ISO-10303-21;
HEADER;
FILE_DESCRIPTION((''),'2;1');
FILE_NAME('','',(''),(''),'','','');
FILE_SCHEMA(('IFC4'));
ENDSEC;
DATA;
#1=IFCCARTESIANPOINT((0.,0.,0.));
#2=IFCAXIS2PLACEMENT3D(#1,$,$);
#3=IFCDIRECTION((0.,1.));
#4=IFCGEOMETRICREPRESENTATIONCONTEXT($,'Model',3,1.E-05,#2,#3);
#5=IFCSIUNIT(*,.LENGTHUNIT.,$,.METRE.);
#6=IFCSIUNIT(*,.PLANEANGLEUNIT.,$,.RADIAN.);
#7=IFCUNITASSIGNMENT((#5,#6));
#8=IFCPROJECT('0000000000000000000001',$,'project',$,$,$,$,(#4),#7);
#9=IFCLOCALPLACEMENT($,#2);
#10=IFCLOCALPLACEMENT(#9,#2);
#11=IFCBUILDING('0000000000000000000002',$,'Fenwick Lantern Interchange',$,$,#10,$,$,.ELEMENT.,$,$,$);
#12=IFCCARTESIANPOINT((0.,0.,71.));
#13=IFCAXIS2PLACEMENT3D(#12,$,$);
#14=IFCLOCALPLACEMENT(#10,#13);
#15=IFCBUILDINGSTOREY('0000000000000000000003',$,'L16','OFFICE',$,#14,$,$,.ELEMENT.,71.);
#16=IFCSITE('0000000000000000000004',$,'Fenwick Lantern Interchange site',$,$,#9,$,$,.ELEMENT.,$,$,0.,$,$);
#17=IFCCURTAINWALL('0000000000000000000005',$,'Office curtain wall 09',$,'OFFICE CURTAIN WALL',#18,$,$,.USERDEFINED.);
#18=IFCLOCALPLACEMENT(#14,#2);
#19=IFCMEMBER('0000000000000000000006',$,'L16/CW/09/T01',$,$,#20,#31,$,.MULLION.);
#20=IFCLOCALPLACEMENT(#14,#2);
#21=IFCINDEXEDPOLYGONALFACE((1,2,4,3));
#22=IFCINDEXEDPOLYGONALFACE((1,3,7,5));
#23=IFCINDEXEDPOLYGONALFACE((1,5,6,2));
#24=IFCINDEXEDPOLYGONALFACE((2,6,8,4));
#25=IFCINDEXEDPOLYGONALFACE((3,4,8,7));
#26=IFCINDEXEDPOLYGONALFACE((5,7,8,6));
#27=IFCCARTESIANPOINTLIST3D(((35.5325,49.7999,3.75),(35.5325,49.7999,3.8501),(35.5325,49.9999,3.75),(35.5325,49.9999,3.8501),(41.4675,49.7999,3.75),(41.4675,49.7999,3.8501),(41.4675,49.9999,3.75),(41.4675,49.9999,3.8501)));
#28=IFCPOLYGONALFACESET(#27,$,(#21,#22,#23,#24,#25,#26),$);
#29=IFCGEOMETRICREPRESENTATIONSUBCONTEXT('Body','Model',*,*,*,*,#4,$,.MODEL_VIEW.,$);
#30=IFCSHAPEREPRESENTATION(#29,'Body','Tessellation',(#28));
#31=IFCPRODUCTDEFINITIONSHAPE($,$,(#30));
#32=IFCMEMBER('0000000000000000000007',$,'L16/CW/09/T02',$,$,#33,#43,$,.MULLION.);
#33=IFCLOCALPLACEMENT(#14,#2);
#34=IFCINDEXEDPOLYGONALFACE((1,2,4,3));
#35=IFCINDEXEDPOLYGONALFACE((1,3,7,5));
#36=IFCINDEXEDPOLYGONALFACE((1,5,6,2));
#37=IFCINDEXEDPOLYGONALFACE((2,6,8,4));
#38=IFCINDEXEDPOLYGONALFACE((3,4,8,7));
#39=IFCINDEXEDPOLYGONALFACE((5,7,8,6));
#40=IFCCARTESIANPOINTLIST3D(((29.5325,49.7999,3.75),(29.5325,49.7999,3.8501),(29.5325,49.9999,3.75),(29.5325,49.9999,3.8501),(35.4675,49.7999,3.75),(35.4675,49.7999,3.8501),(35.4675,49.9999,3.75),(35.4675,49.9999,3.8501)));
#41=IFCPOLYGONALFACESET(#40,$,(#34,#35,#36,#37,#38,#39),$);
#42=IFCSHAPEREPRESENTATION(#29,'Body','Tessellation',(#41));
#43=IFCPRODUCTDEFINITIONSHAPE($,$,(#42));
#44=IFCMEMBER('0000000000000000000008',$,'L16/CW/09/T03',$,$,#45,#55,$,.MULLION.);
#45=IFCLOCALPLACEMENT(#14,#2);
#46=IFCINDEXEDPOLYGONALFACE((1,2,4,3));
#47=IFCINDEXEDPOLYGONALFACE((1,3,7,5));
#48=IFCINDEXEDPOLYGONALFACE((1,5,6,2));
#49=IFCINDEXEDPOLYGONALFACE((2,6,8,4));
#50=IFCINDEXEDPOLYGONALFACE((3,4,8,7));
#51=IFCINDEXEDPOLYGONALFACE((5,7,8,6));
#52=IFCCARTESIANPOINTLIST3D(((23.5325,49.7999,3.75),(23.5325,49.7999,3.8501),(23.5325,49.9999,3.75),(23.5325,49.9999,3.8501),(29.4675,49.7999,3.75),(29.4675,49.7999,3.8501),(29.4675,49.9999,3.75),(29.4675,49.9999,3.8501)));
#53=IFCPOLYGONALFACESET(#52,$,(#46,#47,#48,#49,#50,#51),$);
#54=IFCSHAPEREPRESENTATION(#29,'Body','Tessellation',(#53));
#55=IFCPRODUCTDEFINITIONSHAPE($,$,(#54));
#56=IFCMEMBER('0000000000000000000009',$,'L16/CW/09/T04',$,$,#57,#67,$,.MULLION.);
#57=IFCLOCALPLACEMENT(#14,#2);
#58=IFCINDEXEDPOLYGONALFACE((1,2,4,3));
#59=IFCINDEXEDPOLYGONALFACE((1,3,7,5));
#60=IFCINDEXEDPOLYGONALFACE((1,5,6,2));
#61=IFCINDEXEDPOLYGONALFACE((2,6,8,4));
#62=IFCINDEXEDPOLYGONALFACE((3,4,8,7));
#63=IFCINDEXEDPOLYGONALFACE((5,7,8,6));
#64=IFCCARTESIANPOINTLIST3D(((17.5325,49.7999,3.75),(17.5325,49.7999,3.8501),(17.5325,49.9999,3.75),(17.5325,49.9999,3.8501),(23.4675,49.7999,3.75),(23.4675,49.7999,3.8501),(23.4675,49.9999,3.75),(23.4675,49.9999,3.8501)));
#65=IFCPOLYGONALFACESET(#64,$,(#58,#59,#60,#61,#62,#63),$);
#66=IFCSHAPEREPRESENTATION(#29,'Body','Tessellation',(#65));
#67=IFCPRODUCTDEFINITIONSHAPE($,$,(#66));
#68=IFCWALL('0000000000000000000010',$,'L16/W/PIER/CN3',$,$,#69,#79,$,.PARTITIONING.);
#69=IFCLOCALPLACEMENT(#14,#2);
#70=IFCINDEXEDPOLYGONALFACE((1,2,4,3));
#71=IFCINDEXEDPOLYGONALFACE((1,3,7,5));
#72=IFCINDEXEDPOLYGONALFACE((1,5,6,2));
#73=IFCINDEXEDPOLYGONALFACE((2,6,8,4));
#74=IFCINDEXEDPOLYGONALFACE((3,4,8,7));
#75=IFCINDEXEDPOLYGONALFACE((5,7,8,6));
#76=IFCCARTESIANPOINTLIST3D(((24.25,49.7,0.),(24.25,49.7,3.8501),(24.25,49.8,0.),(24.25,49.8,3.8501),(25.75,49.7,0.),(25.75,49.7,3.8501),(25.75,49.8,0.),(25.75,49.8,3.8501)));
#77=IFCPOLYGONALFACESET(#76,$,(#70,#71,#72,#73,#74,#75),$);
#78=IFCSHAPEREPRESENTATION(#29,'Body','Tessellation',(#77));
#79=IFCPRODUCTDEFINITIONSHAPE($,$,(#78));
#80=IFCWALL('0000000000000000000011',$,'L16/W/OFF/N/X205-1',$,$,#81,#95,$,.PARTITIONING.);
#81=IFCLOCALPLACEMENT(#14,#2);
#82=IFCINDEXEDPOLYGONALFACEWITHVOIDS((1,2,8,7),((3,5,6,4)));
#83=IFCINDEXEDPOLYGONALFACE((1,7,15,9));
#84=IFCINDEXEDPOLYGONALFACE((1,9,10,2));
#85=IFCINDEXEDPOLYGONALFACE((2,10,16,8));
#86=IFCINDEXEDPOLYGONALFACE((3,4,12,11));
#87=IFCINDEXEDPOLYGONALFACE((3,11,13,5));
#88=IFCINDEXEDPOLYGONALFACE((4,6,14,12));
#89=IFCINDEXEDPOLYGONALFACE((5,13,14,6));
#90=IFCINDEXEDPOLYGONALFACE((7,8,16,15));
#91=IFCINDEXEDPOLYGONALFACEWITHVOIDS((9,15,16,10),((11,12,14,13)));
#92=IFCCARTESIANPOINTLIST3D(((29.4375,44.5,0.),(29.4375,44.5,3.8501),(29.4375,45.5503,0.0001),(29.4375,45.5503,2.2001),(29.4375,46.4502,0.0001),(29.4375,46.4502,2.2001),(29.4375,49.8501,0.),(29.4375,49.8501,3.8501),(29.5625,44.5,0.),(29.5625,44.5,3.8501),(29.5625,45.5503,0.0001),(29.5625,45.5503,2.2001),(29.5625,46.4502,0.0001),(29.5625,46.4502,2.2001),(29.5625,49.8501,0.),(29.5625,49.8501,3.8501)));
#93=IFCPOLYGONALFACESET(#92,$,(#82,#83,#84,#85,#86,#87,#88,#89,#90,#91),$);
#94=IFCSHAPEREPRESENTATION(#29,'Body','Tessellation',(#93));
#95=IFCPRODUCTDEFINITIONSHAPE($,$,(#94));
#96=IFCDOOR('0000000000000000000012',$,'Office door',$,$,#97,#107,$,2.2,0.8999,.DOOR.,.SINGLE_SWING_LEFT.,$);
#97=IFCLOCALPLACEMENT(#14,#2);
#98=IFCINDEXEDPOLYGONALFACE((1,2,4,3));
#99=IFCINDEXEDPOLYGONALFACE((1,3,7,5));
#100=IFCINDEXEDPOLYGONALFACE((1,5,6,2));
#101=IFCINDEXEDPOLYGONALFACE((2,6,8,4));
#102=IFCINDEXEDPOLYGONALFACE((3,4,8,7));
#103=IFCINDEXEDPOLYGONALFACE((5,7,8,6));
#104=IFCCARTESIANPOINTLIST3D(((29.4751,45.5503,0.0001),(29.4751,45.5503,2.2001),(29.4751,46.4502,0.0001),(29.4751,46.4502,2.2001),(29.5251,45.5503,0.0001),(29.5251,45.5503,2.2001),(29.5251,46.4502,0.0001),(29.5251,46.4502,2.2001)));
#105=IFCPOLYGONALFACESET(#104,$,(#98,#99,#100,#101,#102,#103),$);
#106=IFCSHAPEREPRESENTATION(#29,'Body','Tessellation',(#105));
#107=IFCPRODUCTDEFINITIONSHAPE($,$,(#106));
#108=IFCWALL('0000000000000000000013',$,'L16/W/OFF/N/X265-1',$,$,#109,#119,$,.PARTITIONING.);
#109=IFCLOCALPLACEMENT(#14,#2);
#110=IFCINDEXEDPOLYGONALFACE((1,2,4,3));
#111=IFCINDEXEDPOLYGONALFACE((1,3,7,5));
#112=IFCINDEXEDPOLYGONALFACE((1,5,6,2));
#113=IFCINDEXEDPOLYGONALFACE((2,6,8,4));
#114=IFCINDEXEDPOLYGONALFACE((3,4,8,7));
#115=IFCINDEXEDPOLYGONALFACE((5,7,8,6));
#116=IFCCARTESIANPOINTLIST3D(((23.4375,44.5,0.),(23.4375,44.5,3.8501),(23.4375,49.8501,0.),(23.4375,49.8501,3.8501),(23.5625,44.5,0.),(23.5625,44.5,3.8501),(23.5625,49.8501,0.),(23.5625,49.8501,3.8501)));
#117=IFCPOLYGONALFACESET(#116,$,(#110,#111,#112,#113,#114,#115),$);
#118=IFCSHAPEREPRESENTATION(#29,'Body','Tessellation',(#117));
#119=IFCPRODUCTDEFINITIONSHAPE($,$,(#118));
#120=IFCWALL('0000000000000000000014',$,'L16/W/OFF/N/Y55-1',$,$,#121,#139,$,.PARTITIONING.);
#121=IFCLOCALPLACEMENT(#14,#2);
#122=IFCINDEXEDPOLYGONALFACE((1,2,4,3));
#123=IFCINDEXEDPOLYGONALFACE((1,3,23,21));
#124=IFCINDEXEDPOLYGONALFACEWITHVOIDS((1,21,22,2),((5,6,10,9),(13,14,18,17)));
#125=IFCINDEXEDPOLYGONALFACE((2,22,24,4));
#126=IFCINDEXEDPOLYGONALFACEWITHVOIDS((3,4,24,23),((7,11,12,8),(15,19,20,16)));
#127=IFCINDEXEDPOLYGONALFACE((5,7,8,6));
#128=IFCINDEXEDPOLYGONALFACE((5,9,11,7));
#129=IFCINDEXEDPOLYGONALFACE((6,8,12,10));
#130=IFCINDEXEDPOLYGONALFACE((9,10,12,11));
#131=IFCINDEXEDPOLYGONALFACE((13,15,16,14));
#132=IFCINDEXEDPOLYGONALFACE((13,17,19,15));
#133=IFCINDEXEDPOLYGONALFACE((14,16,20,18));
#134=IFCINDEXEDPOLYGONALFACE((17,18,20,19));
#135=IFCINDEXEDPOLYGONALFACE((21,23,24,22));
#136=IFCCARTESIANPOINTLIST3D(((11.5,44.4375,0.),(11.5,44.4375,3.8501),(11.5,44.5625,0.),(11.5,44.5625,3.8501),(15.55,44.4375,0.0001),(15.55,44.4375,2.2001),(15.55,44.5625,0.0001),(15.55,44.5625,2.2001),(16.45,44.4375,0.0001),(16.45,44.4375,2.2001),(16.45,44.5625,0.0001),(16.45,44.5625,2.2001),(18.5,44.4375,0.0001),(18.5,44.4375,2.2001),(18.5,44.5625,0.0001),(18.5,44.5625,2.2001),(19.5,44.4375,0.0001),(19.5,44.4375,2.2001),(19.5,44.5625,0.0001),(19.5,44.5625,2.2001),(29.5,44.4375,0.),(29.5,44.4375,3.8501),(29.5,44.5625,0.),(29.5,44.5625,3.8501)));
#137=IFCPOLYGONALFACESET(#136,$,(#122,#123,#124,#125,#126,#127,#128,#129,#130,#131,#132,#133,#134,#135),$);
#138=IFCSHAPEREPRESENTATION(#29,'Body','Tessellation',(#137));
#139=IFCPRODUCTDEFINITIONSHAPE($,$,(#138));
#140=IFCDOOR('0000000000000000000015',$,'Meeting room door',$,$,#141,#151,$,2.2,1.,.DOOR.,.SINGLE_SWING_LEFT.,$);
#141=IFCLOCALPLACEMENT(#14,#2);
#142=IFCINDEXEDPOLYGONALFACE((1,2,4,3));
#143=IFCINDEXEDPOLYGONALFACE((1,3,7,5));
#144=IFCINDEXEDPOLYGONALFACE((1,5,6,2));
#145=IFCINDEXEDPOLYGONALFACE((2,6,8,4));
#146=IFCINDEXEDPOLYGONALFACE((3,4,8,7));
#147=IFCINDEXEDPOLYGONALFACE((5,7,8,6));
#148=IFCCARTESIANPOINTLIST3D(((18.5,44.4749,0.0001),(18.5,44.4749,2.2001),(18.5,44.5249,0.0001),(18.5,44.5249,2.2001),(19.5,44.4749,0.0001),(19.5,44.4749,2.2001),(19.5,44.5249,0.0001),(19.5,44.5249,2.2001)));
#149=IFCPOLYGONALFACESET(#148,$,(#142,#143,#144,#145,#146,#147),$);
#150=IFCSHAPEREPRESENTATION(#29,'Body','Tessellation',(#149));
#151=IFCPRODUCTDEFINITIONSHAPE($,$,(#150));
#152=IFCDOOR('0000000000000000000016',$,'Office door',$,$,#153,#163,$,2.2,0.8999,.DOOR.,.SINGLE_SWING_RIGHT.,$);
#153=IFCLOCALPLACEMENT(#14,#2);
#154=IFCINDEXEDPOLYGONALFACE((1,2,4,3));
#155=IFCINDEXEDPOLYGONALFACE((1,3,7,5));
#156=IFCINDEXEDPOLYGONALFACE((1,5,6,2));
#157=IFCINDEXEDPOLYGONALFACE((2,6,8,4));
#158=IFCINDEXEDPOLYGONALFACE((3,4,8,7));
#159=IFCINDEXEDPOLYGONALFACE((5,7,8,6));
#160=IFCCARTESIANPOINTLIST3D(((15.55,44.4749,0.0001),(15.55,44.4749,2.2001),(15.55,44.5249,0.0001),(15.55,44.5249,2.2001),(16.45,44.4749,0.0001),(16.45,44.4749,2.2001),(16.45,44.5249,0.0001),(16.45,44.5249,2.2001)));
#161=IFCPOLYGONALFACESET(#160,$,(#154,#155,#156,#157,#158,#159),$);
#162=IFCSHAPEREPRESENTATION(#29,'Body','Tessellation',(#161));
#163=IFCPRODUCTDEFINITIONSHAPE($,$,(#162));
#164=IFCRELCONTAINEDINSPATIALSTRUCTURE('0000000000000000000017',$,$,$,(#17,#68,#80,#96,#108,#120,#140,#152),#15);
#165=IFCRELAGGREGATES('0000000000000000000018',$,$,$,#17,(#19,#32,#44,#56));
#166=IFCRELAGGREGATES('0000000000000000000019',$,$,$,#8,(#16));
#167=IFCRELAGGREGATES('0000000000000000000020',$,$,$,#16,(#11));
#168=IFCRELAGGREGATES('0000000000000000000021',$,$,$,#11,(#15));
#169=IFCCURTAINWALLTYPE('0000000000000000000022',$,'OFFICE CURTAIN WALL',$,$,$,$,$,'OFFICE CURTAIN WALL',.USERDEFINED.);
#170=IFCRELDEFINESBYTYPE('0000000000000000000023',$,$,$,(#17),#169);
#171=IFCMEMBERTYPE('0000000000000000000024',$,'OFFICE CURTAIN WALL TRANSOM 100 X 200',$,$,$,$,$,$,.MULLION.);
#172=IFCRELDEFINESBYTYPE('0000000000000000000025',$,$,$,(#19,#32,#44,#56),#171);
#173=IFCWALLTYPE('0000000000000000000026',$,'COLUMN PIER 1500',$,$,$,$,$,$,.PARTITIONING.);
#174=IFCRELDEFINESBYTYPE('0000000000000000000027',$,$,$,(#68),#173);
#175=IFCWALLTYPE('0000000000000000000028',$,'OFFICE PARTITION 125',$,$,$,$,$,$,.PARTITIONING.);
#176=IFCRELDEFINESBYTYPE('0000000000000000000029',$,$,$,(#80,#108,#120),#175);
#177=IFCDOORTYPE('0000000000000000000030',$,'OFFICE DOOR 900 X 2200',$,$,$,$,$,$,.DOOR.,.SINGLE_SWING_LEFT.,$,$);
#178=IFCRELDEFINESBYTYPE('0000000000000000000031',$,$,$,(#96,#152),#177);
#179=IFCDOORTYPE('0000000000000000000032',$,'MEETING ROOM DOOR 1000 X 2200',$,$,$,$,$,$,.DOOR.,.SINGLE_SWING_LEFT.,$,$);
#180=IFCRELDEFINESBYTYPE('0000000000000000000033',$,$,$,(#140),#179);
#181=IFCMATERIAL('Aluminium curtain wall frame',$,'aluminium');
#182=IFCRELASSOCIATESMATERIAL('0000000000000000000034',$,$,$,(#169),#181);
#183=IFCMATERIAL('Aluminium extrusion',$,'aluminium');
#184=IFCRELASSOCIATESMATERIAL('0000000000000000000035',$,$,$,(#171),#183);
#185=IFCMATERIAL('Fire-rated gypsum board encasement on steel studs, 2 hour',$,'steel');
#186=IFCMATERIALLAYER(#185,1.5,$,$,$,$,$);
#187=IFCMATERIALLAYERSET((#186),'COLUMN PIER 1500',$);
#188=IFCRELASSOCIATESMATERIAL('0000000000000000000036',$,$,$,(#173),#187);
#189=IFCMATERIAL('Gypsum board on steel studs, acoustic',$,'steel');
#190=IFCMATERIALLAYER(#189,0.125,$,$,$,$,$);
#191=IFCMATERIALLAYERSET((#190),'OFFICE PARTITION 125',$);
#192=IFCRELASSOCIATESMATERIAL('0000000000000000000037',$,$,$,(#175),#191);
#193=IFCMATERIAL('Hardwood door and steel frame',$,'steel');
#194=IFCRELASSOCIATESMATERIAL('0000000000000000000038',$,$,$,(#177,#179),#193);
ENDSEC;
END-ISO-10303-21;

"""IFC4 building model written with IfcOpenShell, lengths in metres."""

from ifc_helpers import new_model, si_unit, direction, frame, frame_2d, origin, origin_2d, place, context, subcontext, project, spatial, rectangle, extrude, material, layer, layer_set, material_profile, profile_set, type_object, element, fill, aggregate, save


model = new_model("IFC4")

# Units and contexts
model_context = context("Model", 3, precision=1e-05, world=origin(), true_north=direction((0.0, 1.0)))
body_context = subcontext(model_context, "Body", "Model", "MODEL_VIEW")
ifc_project = project(units=[si_unit("LENGTHUNIT", "METRE"), si_unit("PLANEANGLEUNIT", "RADIAN")], contexts=[model_context])

# Site, building, storey
site_placement = place(None, origin())
site = spatial("IfcSite", under=ifc_project, at=site_placement, Name="Fenwick Lantern Interchange site", CompositionType="ELEMENT", RefElevation=0.0)
building_placement = place(site_placement, origin())
building = spatial("IfcBuilding", under=site, at=building_placement, Name="Fenwick Lantern Interchange", CompositionType="ELEMENT")
storey_placement = place(building_placement, frame((0.0, 0.0, 71.0)))
storey = spatial("IfcBuildingStorey", under=building, at=storey_placement, Name="L16", Description="OFFICE", CompositionType="ELEMENT", Elevation=71.0)

# Curtain wall, members
ifc_material_1 = material(Name="Aluminium curtain wall frame", Category="aluminium")
curtain_wall_type = type_object("IfcCurtainWallType", Name="OFFICE CURTAIN WALL", ElementType="OFFICE CURTAIN WALL", PredefinedType="USERDEFINED", material=ifc_material_1)
curtain_wall_placement = place(storey_placement, origin())
curtain_wall = element("IfcCurtainWall", 1, at=curtain_wall_placement, inside=storey, type_object=curtain_wall_type, Name="Office curtain wall 09", ObjectType="OFFICE CURTAIN WALL", PredefinedType="USERDEFINED")
ifc_material_2 = material(Name="Aluminium extrusion", Category="aluminium")
ifc_material_profile_1 = material_profile(ifc_material_2, rectangle(XDim=0.2, YDim=0.1001, at=origin_2d()), Name="OFFICE CURTAIN WALL TRANSOM 100 X 200")
ifc_profile_set_1 = profile_set([ifc_material_profile_1], Name="Aluminium extrusion")
member_type_1 = type_object("IfcMemberType", Name="OFFICE CURTAIN WALL TRANSOM 100 X 200", PredefinedType="MULLION", material=ifc_profile_set_1)
member_1_placement = place(storey_placement, frame((41.4675, 49.8999, 3.8), z_axis=(-1.0, 0.0, 0.0), x_axis=(0.0, -1.0, 0.0)))
member_1 = element("IfcMember", 2, at=member_1_placement, type_object=member_type_1, Name="L16/CW/09/T01", PredefinedType="MULLION", context=body_context, shape_type="SweptSolid", body=[
    extrude(rectangle(XDim=0.2, YDim=0.1001, at=origin_2d()), origin(), (0.0, 0.0, 1.0), 5.9351),
])
member_2_placement = place(storey_placement, frame((35.4675, 49.8999, 3.8), z_axis=(-1.0, 0.0, 0.0), x_axis=(0.0, -1.0, 0.0)))
member_2 = element("IfcMember", 3, at=member_2_placement, type_object=member_type_1, Name="L16/CW/09/T02", PredefinedType="MULLION", context=body_context, shape_type="SweptSolid", body=[
    extrude(rectangle(XDim=0.2, YDim=0.1001, at=origin_2d()), origin(), (0.0, 0.0, 1.0), 5.9351),
])
member_3_placement = place(storey_placement, frame((29.4675, 49.8999, 3.8), z_axis=(-1.0, 0.0, 0.0), x_axis=(0.0, -1.0, 0.0)))
member_3 = element("IfcMember", 4, at=member_3_placement, type_object=member_type_1, Name="L16/CW/09/T03", PredefinedType="MULLION", context=body_context, shape_type="SweptSolid", body=[
    extrude(rectangle(XDim=0.2, YDim=0.1001, at=origin_2d()), origin(), (0.0, 0.0, 1.0), 5.9351),
])
member_4_placement = place(storey_placement, frame((23.4675, 49.8999, 3.8), z_axis=(-1.0, 0.0, 0.0), x_axis=(0.0, -1.0, 0.0)))
member_4 = element("IfcMember", 5, at=member_4_placement, type_object=member_type_1, Name="L16/CW/09/T04", PredefinedType="MULLION", context=body_context, shape_type="SweptSolid", body=[
    extrude(rectangle(XDim=0.2, YDim=0.1001, at=origin_2d()), origin(), (0.0, 0.0, 1.0), 5.9351),
])
aggregate(curtain_wall, [member_1, member_2, member_3, member_4])

# Wall
ifc_material_3 = material(Name="Fire-rated gypsum board encasement on steel studs, 2 hour", Category="steel")
ifc_layer_1 = layer(ifc_material_3, 1.5)
ifc_layer_set_1 = layer_set([ifc_layer_1], Name="COLUMN PIER 1500")
wall_type_1 = type_object("IfcWallType", Name="COLUMN PIER 1500", PredefinedType="PARTITIONING", material=ifc_layer_set_1)
wall_1_placement = place(storey_placement, frame((25.0, 49.8, 0.0), z_axis=(0.0, 0.0, 1.0), x_axis=(0.0, -1.0, 0.0)))
element("IfcWall", 6, at=wall_1_placement, inside=storey, type_object=wall_type_1, Name="L16/W/PIER/CN3", PredefinedType="PARTITIONING", context=body_context, shape_type="SweptSolid", body=[
    extrude(rectangle(XDim=0.1001, YDim=1.5, at=frame_2d((0.05, 0.0))), origin(), (0.0, 0.0, 1.0), 3.8501),
])

# Wall, opening, door
ifc_material_4 = material(Name="Gypsum board on steel studs, acoustic", Category="steel")
ifc_layer_2 = layer(ifc_material_4, 0.125)
ifc_layer_set_2 = layer_set([ifc_layer_2], Name="OFFICE PARTITION 125")
wall_type_2 = type_object("IfcWallType", Name="OFFICE PARTITION 125", PredefinedType="PARTITIONING", material=ifc_layer_set_2)
wall_2_placement = place(storey_placement, frame((29.5, 49.8501, 0.0), z_axis=(0.0, 0.0, 1.0), x_axis=(0.0, -1.0, 0.0)))
wall_2 = element("IfcWall", 7, at=wall_2_placement, inside=storey, type_object=wall_type_2, Name="L16/W/OFF/N/X205-1", PredefinedType="PARTITIONING", context=body_context, shape_type="SweptSolid", body=[
    extrude(rectangle(XDim=5.3501, YDim=0.125, at=frame_2d((2.675, 0.0))), origin(), (0.0, 0.0, 1.0), 3.8501),
])
opening_1_placement = place(wall_2_placement, frame((3.3999, 0.0, 0.0)))
opening_1 = element("IfcOpeningElement", 8, at=opening_1_placement, cuts=wall_2, PredefinedType="OPENING", context=body_context, shape_type="SweptSolid", body=[
    extrude(rectangle(XDim=0.8999, YDim=2.2, at=frame_2d((0.45, 1.1001))), frame((0.0, 0.0725, 0.0), z_axis=(0.0, -1.0, 0.0), x_axis=(1.0, 0.0, 0.0)), (0.0, 0.0, 1.0), 0.145),
])
ifc_material_5 = material(Name="Hardwood door and steel frame", Category="steel")
door_type_1 = type_object("IfcDoorType", Name="OFFICE DOOR 900 X 2200", OperationType="SINGLE_SWING_LEFT", PredefinedType="DOOR", material=ifc_material_5)
door_1_placement = place(opening_1_placement, frame((0.8999, 0.0, 0.0), z_axis=(0.0, 0.0, 1.0), x_axis=(-1.0, 0.0, 0.0)))
door_1 = element("IfcDoor", 9, at=door_1_placement, inside=storey, type_object=door_type_1, Name="Office door", OperationType="SINGLE_SWING_LEFT", OverallHeight=2.2, OverallWidth=0.8999, PredefinedType="DOOR", context=body_context, shape_type="SweptSolid", body=[
    extrude(rectangle(XDim=0.8999, YDim=2.2, at=frame_2d((0.45, 1.1001))), frame((0.0, 0.0249, 0.0), z_axis=(0.0, -1.0, 0.0), x_axis=(1.0, 0.0, 0.0)), (0.0, 0.0, 1.0), 0.05),
])
fill(opening_1, door_1)

# Wall
wall_3_placement = place(storey_placement, frame((23.5, 49.8501, 0.0), z_axis=(0.0, 0.0, 1.0), x_axis=(0.0, -1.0, 0.0)))
element("IfcWall", 10, at=wall_3_placement, inside=storey, type_object=wall_type_2, Name="L16/W/OFF/N/X265-1", PredefinedType="PARTITIONING", context=body_context, shape_type="SweptSolid", body=[
    extrude(rectangle(XDim=5.3501, YDim=0.125, at=frame_2d((2.675, 0.0))), origin(), (0.0, 0.0, 1.0), 3.8501),
])

# Wall, openings, doors
wall_4_placement = place(storey_placement, frame((29.5, 44.5, 0.0), z_axis=(0.0, 0.0, 1.0), x_axis=(-1.0, 0.0, 0.0)))
wall_4 = element("IfcWall", 11, at=wall_4_placement, inside=storey, type_object=wall_type_2, Name="L16/W/OFF/N/Y55-1", PredefinedType="PARTITIONING", context=body_context, shape_type="SweptSolid", body=[
    extrude(rectangle(XDim=18.0, YDim=0.125, at=frame_2d((9.0, 0.0))), origin(), (0.0, 0.0, 1.0), 3.8501),
])
opening_2_placement = place(wall_4_placement, frame((10.0, 0.0, 0.0)))
opening_2 = element("IfcOpeningElement", 12, at=opening_2_placement, cuts=wall_4, PredefinedType="OPENING", context=body_context, shape_type="SweptSolid", body=[
    extrude(rectangle(XDim=1.0, YDim=2.2, at=frame_2d((0.5, 1.1001))), frame((0.0, 0.0725, 0.0), z_axis=(0.0, -1.0, 0.0), x_axis=(1.0, 0.0, 0.0)), (0.0, 0.0, 1.0), 0.145),
])
opening_3_placement = place(wall_4_placement, frame((13.05, 0.0, 0.0)))
opening_3 = element("IfcOpeningElement", 13, at=opening_3_placement, cuts=wall_4, PredefinedType="OPENING", context=body_context, shape_type="SweptSolid", body=[
    extrude(rectangle(XDim=0.8999, YDim=2.2, at=frame_2d((0.45, 1.1001))), frame((0.0, 0.0725, 0.0), z_axis=(0.0, -1.0, 0.0), x_axis=(1.0, 0.0, 0.0)), (0.0, 0.0, 1.0), 0.145),
])
door_type_2 = type_object("IfcDoorType", Name="MEETING ROOM DOOR 1000 X 2200", OperationType="SINGLE_SWING_LEFT", PredefinedType="DOOR", material=ifc_material_5)
door_2_placement = place(opening_2_placement, frame((1.0, 0.0, 0.0), z_axis=(0.0, 0.0, 1.0), x_axis=(-1.0, 0.0, 0.0)))
door_2 = element("IfcDoor", 14, at=door_2_placement, inside=storey, type_object=door_type_2, Name="Meeting room door", OperationType="SINGLE_SWING_LEFT", OverallHeight=2.2, OverallWidth=1.0, PredefinedType="DOOR", context=body_context, shape_type="SweptSolid", body=[
    extrude(rectangle(XDim=1.0, YDim=2.2, at=frame_2d((0.5, 1.1001))), frame((0.0, 0.0249, 0.0), z_axis=(0.0, -1.0, 0.0), x_axis=(1.0, 0.0, 0.0)), (0.0, 0.0, 1.0), 0.05),
])
fill(opening_2, door_2)
door_3_placement = place(opening_3_placement, frame((0.8999, 0.0, 0.0), z_axis=(0.0, 0.0, 1.0), x_axis=(-1.0, 0.0, 0.0)))
door_3 = element("IfcDoor", 15, at=door_3_placement, inside=storey, type_object=door_type_1, Name="Office door", OperationType="SINGLE_SWING_RIGHT", OverallHeight=2.2, OverallWidth=0.8999, PredefinedType="DOOR", context=body_context, shape_type="SweptSolid", body=[
    extrude(rectangle(XDim=0.8999, YDim=2.2, at=frame_2d((0.45, 1.1001))), frame((0.0, 0.0249, 0.0), z_axis=(0.0, -1.0, 0.0), x_axis=(1.0, 0.0, 0.0)), (0.0, 0.0, 1.0), 0.05),
])
fill(opening_3, door_3)

save(model, "model.ifc")
